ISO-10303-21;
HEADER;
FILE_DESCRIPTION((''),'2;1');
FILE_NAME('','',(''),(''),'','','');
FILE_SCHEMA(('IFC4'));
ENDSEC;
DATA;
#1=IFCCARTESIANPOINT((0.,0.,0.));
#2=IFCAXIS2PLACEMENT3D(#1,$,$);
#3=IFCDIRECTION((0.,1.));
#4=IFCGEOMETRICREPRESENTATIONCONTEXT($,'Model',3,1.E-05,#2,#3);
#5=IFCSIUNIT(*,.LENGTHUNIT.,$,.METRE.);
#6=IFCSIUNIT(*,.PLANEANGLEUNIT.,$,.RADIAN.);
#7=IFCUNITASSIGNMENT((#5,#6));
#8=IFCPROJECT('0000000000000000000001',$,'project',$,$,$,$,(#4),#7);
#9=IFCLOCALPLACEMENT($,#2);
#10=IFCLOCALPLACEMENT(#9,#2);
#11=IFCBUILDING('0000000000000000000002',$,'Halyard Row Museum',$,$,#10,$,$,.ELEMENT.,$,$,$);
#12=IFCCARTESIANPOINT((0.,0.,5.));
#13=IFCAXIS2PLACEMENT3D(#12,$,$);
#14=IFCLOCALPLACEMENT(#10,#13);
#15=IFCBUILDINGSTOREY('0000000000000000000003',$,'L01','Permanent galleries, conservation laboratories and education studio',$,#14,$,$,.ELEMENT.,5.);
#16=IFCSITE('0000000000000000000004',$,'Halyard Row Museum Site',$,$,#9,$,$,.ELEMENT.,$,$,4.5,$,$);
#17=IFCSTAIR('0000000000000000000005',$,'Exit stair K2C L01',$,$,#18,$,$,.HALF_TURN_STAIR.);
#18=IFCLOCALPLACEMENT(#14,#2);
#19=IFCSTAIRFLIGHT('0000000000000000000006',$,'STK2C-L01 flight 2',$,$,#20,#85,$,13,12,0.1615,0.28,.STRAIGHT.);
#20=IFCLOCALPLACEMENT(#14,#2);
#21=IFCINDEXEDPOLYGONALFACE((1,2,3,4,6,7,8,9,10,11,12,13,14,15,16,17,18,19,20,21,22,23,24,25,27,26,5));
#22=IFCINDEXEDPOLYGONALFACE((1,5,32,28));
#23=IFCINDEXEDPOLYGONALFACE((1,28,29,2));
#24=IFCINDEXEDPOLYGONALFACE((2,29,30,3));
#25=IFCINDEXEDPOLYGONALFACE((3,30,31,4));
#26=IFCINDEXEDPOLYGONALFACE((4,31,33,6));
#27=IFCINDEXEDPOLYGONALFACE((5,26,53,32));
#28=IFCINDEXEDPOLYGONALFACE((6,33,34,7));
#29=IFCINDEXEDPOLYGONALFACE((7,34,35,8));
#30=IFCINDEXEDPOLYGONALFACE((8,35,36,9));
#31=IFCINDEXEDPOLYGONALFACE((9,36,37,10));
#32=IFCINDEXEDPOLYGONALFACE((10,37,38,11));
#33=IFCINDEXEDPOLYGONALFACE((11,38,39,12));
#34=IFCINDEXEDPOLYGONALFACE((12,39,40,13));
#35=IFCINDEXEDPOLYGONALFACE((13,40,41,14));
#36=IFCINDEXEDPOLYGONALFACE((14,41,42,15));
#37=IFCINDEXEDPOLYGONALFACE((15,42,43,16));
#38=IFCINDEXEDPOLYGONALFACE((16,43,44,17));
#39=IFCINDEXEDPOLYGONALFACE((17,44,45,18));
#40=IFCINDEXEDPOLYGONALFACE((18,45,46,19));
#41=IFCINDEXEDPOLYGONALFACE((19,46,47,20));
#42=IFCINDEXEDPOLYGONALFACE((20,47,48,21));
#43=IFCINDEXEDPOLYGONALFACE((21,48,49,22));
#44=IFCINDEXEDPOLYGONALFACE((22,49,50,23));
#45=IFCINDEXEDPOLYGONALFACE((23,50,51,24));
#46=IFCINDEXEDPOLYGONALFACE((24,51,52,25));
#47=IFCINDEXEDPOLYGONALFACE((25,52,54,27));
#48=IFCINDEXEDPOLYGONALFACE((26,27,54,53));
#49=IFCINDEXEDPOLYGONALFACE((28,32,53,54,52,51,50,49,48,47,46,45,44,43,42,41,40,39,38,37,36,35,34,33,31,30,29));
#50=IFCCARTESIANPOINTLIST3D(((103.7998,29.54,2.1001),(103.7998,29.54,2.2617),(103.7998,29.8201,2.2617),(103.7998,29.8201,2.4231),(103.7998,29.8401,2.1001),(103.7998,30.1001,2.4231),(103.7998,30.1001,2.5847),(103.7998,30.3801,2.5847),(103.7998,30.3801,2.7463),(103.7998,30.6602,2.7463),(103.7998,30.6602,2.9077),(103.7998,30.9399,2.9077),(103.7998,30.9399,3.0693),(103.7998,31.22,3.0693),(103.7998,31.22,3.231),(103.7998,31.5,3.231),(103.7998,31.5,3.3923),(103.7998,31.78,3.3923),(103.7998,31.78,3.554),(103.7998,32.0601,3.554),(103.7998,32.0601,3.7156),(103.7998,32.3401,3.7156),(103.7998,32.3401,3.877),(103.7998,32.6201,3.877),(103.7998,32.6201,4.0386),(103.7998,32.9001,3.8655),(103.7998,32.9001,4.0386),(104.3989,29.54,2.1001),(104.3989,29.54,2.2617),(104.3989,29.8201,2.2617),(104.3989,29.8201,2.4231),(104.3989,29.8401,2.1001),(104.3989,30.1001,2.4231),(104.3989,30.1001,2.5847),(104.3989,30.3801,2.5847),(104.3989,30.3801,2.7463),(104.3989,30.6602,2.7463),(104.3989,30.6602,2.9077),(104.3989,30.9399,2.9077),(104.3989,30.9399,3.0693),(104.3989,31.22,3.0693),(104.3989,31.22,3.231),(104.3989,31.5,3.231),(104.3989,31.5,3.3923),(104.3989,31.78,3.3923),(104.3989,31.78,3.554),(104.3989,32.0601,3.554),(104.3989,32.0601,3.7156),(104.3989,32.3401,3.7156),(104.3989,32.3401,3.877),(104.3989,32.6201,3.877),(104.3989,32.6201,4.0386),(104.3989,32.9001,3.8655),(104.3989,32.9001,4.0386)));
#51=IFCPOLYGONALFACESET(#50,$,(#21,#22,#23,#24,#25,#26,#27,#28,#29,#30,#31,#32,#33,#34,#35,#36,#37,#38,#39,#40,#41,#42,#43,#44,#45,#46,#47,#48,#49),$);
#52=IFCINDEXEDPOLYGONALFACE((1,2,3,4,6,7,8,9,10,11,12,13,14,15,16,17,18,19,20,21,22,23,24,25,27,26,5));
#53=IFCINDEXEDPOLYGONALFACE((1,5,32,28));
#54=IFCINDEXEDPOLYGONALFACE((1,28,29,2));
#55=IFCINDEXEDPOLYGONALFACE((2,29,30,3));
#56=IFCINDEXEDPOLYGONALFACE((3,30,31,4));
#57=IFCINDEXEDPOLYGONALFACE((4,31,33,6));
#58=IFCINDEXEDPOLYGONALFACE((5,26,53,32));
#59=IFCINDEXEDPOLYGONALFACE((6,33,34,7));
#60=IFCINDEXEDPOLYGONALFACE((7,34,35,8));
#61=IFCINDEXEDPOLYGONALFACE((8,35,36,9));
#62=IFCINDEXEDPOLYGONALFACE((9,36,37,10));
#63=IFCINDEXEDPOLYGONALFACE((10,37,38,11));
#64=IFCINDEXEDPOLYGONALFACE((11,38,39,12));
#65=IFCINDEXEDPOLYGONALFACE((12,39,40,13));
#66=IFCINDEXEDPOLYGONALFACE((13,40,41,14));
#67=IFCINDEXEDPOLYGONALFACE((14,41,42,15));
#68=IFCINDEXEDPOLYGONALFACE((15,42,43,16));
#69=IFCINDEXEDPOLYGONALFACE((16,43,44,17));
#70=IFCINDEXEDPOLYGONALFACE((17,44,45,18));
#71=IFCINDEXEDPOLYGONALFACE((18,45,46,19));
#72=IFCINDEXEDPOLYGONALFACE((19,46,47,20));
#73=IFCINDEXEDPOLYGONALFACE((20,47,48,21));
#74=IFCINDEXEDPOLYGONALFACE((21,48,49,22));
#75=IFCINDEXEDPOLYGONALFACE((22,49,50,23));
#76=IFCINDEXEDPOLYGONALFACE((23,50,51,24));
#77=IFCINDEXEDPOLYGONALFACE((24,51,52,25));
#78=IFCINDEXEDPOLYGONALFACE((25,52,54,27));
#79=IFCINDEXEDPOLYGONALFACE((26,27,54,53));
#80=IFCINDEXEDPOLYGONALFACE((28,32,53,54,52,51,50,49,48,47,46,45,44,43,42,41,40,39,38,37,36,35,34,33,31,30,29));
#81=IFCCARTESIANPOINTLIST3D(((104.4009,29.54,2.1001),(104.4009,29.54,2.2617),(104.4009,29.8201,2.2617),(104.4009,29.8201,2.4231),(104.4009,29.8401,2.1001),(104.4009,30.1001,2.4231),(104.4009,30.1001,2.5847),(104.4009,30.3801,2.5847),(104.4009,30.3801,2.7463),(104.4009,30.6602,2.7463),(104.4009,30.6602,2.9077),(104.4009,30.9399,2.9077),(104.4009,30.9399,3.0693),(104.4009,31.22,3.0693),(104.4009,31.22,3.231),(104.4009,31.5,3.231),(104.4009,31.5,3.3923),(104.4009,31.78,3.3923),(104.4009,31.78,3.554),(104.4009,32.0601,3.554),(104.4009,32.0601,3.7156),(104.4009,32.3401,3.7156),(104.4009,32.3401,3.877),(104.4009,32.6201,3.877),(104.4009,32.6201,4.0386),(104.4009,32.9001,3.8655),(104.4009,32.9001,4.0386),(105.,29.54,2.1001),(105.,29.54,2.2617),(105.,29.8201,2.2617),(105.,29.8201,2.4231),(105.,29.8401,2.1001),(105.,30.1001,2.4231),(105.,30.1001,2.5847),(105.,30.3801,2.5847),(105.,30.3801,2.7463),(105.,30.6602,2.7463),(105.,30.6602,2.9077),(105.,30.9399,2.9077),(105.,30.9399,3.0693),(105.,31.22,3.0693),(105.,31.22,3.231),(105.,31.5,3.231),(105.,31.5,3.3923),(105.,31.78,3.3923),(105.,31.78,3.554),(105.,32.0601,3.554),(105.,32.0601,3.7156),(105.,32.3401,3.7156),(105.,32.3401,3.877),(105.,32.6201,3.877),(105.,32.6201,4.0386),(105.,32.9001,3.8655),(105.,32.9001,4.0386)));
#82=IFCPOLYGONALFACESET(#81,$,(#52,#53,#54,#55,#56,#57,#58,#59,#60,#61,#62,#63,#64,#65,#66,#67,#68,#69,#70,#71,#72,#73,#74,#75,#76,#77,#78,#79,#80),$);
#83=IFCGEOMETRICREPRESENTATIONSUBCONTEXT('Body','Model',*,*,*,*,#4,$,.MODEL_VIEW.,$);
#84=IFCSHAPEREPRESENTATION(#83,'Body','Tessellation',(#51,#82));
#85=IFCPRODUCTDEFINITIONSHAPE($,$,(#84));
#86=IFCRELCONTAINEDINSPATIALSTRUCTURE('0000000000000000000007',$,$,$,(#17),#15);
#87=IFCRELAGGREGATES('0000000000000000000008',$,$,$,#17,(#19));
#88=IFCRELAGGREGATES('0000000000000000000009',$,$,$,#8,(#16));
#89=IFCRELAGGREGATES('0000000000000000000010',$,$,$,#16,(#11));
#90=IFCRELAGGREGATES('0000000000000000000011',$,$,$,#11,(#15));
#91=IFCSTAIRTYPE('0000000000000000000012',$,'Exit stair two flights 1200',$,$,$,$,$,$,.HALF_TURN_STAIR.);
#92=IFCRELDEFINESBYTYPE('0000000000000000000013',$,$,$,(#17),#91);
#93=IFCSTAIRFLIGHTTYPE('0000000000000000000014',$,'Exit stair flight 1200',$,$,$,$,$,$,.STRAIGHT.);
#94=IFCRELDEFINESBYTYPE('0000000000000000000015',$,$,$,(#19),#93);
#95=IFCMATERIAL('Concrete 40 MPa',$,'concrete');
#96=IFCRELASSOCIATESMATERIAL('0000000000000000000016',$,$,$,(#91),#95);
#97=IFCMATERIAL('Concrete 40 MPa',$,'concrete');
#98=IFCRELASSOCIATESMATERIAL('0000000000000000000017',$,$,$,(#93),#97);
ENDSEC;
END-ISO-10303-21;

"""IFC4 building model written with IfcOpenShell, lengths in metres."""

from ifc_helpers import new_model, si_unit, direction, frame, origin, place, context, subcontext, project, spatial, polyline, outline, extrude, material, type_object, element, aggregate, save


model = new_model("IFC4")

# Units and contexts
model_context = context("Model", 3, precision=1e-05, world=origin(), true_north=direction((0.0, 1.0)))
body_context = subcontext(model_context, "Body", "Model", "MODEL_VIEW")
ifc_project = project(units=[si_unit("LENGTHUNIT", "METRE"), si_unit("PLANEANGLEUNIT", "RADIAN")], contexts=[model_context])

# Site, building, storey
site_placement = place(None, origin())
site = spatial("IfcSite", under=ifc_project, at=site_placement, Name="Halyard Row Museum Site", CompositionType="ELEMENT", RefElevation=4.5)
building_placement = place(site_placement, origin())
building = spatial("IfcBuilding", under=site, at=building_placement, Name="Halyard Row Museum", CompositionType="ELEMENT")
storey_placement = place(building_placement, frame((0.0, 0.0, 5.0)))
storey = spatial("IfcBuildingStorey", under=building, at=storey_placement, Name="L01", Description="Permanent galleries, conservation laboratories and education studio", CompositionType="ELEMENT", Elevation=5.0)

# Stair, stair flight
ifc_material_1 = material(Name="Concrete 40 MPa", Category="concrete")
stair_type = type_object("IfcStairType", Name="Exit stair two flights 1200", PredefinedType="HALF_TURN_STAIR", material=ifc_material_1)
stair_placement = place(storey_placement, origin())
stair = element("IfcStair", 1, at=stair_placement, inside=storey, type_object=stair_type, Name="Exit stair K2C L01", PredefinedType="HALF_TURN_STAIR")
ifc_material_2 = material(Name="Concrete 40 MPa", Category="concrete")
stair_flight_type = type_object("IfcStairFlightType", Name="Exit stair flight 1200", PredefinedType="STRAIGHT", material=ifc_material_2)
stair_flight_1_placement = place(storey_placement, frame((104.3999, 29.54, 2.1001), z_axis=(0.0, 0.0, 1.0), x_axis=(0.0, 1.0, 0.0)))
stair_flight_1 = element("IfcStairFlight", 2, at=stair_flight_1_placement, type_object=stair_flight_type, Name="STK2C-L01 flight 2", NumberOfRisers=13, NumberOfTreads=12, PredefinedType="STRAIGHT", RiserHeight=0.1615, TreadLength=0.28, context=body_context, shape_type="SweptSolid", body=[
    extrude(outline(polyline([(0.0, 0.0), (0.0, 0.1616), (0.28, 0.1616), (0.28, 0.323), (0.5601, 0.323), (0.5601, 0.4846), (0.8401, 0.4846), (0.8401, 0.6462), (1.1201, 0.6462), (1.1201, 0.8076), (1.3999, 0.8076), (1.3999, 0.9692), (1.6799, 0.9692), (1.6799, 1.1309), (1.96, 1.1309), (1.96, 1.2922), (2.24, 1.2922), (2.24, 1.4539), (2.52, 1.4539), (2.52, 1.6155), (2.8, 1.6155), (2.8, 1.7769), (3.0801, 1.7769), (3.0801, 1.9385), (3.3601, 1.9385), (3.3601, 2.1001), (3.3601, 1.7654), (0.3, 0.0), (0.0, 0.0)])), frame((0.0, 0.6001, 0.0), z_axis=(0.0, -1.0, 0.0), x_axis=(1.0, 0.0, 0.0)), (0.0, 0.0, 1.0), 0.5991),
    extrude(outline(polyline([(0.0, 0.0), (0.0, 0.1616), (0.28, 0.1616), (0.28, 0.323), (0.5601, 0.323), (0.5601, 0.4846), (0.8401, 0.4846), (0.8401, 0.6462), (1.1201, 0.6462), (1.1201, 0.8076), (1.3999, 0.8076), (1.3999, 0.9692), (1.6799, 0.9692), (1.6799, 1.1309), (1.96, 1.1309), (1.96, 1.2922), (2.24, 1.2922), (2.24, 1.4539), (2.52, 1.4539), (2.52, 1.6155), (2.8, 1.6155), (2.8, 1.7769), (3.0801, 1.7769), (3.0801, 1.9385), (3.3601, 1.9385), (3.3601, 2.1001), (3.3601, 1.7654), (0.3, 0.0), (0.0, 0.0)])), frame((0.0, -0.001, 0.0), z_axis=(0.0, -1.0, 0.0), x_axis=(1.0, 0.0, 0.0)), (0.0, 0.0, 1.0), 0.5991),
])
aggregate(stair, [stair_flight_1])

save(model, "model.ifc")
